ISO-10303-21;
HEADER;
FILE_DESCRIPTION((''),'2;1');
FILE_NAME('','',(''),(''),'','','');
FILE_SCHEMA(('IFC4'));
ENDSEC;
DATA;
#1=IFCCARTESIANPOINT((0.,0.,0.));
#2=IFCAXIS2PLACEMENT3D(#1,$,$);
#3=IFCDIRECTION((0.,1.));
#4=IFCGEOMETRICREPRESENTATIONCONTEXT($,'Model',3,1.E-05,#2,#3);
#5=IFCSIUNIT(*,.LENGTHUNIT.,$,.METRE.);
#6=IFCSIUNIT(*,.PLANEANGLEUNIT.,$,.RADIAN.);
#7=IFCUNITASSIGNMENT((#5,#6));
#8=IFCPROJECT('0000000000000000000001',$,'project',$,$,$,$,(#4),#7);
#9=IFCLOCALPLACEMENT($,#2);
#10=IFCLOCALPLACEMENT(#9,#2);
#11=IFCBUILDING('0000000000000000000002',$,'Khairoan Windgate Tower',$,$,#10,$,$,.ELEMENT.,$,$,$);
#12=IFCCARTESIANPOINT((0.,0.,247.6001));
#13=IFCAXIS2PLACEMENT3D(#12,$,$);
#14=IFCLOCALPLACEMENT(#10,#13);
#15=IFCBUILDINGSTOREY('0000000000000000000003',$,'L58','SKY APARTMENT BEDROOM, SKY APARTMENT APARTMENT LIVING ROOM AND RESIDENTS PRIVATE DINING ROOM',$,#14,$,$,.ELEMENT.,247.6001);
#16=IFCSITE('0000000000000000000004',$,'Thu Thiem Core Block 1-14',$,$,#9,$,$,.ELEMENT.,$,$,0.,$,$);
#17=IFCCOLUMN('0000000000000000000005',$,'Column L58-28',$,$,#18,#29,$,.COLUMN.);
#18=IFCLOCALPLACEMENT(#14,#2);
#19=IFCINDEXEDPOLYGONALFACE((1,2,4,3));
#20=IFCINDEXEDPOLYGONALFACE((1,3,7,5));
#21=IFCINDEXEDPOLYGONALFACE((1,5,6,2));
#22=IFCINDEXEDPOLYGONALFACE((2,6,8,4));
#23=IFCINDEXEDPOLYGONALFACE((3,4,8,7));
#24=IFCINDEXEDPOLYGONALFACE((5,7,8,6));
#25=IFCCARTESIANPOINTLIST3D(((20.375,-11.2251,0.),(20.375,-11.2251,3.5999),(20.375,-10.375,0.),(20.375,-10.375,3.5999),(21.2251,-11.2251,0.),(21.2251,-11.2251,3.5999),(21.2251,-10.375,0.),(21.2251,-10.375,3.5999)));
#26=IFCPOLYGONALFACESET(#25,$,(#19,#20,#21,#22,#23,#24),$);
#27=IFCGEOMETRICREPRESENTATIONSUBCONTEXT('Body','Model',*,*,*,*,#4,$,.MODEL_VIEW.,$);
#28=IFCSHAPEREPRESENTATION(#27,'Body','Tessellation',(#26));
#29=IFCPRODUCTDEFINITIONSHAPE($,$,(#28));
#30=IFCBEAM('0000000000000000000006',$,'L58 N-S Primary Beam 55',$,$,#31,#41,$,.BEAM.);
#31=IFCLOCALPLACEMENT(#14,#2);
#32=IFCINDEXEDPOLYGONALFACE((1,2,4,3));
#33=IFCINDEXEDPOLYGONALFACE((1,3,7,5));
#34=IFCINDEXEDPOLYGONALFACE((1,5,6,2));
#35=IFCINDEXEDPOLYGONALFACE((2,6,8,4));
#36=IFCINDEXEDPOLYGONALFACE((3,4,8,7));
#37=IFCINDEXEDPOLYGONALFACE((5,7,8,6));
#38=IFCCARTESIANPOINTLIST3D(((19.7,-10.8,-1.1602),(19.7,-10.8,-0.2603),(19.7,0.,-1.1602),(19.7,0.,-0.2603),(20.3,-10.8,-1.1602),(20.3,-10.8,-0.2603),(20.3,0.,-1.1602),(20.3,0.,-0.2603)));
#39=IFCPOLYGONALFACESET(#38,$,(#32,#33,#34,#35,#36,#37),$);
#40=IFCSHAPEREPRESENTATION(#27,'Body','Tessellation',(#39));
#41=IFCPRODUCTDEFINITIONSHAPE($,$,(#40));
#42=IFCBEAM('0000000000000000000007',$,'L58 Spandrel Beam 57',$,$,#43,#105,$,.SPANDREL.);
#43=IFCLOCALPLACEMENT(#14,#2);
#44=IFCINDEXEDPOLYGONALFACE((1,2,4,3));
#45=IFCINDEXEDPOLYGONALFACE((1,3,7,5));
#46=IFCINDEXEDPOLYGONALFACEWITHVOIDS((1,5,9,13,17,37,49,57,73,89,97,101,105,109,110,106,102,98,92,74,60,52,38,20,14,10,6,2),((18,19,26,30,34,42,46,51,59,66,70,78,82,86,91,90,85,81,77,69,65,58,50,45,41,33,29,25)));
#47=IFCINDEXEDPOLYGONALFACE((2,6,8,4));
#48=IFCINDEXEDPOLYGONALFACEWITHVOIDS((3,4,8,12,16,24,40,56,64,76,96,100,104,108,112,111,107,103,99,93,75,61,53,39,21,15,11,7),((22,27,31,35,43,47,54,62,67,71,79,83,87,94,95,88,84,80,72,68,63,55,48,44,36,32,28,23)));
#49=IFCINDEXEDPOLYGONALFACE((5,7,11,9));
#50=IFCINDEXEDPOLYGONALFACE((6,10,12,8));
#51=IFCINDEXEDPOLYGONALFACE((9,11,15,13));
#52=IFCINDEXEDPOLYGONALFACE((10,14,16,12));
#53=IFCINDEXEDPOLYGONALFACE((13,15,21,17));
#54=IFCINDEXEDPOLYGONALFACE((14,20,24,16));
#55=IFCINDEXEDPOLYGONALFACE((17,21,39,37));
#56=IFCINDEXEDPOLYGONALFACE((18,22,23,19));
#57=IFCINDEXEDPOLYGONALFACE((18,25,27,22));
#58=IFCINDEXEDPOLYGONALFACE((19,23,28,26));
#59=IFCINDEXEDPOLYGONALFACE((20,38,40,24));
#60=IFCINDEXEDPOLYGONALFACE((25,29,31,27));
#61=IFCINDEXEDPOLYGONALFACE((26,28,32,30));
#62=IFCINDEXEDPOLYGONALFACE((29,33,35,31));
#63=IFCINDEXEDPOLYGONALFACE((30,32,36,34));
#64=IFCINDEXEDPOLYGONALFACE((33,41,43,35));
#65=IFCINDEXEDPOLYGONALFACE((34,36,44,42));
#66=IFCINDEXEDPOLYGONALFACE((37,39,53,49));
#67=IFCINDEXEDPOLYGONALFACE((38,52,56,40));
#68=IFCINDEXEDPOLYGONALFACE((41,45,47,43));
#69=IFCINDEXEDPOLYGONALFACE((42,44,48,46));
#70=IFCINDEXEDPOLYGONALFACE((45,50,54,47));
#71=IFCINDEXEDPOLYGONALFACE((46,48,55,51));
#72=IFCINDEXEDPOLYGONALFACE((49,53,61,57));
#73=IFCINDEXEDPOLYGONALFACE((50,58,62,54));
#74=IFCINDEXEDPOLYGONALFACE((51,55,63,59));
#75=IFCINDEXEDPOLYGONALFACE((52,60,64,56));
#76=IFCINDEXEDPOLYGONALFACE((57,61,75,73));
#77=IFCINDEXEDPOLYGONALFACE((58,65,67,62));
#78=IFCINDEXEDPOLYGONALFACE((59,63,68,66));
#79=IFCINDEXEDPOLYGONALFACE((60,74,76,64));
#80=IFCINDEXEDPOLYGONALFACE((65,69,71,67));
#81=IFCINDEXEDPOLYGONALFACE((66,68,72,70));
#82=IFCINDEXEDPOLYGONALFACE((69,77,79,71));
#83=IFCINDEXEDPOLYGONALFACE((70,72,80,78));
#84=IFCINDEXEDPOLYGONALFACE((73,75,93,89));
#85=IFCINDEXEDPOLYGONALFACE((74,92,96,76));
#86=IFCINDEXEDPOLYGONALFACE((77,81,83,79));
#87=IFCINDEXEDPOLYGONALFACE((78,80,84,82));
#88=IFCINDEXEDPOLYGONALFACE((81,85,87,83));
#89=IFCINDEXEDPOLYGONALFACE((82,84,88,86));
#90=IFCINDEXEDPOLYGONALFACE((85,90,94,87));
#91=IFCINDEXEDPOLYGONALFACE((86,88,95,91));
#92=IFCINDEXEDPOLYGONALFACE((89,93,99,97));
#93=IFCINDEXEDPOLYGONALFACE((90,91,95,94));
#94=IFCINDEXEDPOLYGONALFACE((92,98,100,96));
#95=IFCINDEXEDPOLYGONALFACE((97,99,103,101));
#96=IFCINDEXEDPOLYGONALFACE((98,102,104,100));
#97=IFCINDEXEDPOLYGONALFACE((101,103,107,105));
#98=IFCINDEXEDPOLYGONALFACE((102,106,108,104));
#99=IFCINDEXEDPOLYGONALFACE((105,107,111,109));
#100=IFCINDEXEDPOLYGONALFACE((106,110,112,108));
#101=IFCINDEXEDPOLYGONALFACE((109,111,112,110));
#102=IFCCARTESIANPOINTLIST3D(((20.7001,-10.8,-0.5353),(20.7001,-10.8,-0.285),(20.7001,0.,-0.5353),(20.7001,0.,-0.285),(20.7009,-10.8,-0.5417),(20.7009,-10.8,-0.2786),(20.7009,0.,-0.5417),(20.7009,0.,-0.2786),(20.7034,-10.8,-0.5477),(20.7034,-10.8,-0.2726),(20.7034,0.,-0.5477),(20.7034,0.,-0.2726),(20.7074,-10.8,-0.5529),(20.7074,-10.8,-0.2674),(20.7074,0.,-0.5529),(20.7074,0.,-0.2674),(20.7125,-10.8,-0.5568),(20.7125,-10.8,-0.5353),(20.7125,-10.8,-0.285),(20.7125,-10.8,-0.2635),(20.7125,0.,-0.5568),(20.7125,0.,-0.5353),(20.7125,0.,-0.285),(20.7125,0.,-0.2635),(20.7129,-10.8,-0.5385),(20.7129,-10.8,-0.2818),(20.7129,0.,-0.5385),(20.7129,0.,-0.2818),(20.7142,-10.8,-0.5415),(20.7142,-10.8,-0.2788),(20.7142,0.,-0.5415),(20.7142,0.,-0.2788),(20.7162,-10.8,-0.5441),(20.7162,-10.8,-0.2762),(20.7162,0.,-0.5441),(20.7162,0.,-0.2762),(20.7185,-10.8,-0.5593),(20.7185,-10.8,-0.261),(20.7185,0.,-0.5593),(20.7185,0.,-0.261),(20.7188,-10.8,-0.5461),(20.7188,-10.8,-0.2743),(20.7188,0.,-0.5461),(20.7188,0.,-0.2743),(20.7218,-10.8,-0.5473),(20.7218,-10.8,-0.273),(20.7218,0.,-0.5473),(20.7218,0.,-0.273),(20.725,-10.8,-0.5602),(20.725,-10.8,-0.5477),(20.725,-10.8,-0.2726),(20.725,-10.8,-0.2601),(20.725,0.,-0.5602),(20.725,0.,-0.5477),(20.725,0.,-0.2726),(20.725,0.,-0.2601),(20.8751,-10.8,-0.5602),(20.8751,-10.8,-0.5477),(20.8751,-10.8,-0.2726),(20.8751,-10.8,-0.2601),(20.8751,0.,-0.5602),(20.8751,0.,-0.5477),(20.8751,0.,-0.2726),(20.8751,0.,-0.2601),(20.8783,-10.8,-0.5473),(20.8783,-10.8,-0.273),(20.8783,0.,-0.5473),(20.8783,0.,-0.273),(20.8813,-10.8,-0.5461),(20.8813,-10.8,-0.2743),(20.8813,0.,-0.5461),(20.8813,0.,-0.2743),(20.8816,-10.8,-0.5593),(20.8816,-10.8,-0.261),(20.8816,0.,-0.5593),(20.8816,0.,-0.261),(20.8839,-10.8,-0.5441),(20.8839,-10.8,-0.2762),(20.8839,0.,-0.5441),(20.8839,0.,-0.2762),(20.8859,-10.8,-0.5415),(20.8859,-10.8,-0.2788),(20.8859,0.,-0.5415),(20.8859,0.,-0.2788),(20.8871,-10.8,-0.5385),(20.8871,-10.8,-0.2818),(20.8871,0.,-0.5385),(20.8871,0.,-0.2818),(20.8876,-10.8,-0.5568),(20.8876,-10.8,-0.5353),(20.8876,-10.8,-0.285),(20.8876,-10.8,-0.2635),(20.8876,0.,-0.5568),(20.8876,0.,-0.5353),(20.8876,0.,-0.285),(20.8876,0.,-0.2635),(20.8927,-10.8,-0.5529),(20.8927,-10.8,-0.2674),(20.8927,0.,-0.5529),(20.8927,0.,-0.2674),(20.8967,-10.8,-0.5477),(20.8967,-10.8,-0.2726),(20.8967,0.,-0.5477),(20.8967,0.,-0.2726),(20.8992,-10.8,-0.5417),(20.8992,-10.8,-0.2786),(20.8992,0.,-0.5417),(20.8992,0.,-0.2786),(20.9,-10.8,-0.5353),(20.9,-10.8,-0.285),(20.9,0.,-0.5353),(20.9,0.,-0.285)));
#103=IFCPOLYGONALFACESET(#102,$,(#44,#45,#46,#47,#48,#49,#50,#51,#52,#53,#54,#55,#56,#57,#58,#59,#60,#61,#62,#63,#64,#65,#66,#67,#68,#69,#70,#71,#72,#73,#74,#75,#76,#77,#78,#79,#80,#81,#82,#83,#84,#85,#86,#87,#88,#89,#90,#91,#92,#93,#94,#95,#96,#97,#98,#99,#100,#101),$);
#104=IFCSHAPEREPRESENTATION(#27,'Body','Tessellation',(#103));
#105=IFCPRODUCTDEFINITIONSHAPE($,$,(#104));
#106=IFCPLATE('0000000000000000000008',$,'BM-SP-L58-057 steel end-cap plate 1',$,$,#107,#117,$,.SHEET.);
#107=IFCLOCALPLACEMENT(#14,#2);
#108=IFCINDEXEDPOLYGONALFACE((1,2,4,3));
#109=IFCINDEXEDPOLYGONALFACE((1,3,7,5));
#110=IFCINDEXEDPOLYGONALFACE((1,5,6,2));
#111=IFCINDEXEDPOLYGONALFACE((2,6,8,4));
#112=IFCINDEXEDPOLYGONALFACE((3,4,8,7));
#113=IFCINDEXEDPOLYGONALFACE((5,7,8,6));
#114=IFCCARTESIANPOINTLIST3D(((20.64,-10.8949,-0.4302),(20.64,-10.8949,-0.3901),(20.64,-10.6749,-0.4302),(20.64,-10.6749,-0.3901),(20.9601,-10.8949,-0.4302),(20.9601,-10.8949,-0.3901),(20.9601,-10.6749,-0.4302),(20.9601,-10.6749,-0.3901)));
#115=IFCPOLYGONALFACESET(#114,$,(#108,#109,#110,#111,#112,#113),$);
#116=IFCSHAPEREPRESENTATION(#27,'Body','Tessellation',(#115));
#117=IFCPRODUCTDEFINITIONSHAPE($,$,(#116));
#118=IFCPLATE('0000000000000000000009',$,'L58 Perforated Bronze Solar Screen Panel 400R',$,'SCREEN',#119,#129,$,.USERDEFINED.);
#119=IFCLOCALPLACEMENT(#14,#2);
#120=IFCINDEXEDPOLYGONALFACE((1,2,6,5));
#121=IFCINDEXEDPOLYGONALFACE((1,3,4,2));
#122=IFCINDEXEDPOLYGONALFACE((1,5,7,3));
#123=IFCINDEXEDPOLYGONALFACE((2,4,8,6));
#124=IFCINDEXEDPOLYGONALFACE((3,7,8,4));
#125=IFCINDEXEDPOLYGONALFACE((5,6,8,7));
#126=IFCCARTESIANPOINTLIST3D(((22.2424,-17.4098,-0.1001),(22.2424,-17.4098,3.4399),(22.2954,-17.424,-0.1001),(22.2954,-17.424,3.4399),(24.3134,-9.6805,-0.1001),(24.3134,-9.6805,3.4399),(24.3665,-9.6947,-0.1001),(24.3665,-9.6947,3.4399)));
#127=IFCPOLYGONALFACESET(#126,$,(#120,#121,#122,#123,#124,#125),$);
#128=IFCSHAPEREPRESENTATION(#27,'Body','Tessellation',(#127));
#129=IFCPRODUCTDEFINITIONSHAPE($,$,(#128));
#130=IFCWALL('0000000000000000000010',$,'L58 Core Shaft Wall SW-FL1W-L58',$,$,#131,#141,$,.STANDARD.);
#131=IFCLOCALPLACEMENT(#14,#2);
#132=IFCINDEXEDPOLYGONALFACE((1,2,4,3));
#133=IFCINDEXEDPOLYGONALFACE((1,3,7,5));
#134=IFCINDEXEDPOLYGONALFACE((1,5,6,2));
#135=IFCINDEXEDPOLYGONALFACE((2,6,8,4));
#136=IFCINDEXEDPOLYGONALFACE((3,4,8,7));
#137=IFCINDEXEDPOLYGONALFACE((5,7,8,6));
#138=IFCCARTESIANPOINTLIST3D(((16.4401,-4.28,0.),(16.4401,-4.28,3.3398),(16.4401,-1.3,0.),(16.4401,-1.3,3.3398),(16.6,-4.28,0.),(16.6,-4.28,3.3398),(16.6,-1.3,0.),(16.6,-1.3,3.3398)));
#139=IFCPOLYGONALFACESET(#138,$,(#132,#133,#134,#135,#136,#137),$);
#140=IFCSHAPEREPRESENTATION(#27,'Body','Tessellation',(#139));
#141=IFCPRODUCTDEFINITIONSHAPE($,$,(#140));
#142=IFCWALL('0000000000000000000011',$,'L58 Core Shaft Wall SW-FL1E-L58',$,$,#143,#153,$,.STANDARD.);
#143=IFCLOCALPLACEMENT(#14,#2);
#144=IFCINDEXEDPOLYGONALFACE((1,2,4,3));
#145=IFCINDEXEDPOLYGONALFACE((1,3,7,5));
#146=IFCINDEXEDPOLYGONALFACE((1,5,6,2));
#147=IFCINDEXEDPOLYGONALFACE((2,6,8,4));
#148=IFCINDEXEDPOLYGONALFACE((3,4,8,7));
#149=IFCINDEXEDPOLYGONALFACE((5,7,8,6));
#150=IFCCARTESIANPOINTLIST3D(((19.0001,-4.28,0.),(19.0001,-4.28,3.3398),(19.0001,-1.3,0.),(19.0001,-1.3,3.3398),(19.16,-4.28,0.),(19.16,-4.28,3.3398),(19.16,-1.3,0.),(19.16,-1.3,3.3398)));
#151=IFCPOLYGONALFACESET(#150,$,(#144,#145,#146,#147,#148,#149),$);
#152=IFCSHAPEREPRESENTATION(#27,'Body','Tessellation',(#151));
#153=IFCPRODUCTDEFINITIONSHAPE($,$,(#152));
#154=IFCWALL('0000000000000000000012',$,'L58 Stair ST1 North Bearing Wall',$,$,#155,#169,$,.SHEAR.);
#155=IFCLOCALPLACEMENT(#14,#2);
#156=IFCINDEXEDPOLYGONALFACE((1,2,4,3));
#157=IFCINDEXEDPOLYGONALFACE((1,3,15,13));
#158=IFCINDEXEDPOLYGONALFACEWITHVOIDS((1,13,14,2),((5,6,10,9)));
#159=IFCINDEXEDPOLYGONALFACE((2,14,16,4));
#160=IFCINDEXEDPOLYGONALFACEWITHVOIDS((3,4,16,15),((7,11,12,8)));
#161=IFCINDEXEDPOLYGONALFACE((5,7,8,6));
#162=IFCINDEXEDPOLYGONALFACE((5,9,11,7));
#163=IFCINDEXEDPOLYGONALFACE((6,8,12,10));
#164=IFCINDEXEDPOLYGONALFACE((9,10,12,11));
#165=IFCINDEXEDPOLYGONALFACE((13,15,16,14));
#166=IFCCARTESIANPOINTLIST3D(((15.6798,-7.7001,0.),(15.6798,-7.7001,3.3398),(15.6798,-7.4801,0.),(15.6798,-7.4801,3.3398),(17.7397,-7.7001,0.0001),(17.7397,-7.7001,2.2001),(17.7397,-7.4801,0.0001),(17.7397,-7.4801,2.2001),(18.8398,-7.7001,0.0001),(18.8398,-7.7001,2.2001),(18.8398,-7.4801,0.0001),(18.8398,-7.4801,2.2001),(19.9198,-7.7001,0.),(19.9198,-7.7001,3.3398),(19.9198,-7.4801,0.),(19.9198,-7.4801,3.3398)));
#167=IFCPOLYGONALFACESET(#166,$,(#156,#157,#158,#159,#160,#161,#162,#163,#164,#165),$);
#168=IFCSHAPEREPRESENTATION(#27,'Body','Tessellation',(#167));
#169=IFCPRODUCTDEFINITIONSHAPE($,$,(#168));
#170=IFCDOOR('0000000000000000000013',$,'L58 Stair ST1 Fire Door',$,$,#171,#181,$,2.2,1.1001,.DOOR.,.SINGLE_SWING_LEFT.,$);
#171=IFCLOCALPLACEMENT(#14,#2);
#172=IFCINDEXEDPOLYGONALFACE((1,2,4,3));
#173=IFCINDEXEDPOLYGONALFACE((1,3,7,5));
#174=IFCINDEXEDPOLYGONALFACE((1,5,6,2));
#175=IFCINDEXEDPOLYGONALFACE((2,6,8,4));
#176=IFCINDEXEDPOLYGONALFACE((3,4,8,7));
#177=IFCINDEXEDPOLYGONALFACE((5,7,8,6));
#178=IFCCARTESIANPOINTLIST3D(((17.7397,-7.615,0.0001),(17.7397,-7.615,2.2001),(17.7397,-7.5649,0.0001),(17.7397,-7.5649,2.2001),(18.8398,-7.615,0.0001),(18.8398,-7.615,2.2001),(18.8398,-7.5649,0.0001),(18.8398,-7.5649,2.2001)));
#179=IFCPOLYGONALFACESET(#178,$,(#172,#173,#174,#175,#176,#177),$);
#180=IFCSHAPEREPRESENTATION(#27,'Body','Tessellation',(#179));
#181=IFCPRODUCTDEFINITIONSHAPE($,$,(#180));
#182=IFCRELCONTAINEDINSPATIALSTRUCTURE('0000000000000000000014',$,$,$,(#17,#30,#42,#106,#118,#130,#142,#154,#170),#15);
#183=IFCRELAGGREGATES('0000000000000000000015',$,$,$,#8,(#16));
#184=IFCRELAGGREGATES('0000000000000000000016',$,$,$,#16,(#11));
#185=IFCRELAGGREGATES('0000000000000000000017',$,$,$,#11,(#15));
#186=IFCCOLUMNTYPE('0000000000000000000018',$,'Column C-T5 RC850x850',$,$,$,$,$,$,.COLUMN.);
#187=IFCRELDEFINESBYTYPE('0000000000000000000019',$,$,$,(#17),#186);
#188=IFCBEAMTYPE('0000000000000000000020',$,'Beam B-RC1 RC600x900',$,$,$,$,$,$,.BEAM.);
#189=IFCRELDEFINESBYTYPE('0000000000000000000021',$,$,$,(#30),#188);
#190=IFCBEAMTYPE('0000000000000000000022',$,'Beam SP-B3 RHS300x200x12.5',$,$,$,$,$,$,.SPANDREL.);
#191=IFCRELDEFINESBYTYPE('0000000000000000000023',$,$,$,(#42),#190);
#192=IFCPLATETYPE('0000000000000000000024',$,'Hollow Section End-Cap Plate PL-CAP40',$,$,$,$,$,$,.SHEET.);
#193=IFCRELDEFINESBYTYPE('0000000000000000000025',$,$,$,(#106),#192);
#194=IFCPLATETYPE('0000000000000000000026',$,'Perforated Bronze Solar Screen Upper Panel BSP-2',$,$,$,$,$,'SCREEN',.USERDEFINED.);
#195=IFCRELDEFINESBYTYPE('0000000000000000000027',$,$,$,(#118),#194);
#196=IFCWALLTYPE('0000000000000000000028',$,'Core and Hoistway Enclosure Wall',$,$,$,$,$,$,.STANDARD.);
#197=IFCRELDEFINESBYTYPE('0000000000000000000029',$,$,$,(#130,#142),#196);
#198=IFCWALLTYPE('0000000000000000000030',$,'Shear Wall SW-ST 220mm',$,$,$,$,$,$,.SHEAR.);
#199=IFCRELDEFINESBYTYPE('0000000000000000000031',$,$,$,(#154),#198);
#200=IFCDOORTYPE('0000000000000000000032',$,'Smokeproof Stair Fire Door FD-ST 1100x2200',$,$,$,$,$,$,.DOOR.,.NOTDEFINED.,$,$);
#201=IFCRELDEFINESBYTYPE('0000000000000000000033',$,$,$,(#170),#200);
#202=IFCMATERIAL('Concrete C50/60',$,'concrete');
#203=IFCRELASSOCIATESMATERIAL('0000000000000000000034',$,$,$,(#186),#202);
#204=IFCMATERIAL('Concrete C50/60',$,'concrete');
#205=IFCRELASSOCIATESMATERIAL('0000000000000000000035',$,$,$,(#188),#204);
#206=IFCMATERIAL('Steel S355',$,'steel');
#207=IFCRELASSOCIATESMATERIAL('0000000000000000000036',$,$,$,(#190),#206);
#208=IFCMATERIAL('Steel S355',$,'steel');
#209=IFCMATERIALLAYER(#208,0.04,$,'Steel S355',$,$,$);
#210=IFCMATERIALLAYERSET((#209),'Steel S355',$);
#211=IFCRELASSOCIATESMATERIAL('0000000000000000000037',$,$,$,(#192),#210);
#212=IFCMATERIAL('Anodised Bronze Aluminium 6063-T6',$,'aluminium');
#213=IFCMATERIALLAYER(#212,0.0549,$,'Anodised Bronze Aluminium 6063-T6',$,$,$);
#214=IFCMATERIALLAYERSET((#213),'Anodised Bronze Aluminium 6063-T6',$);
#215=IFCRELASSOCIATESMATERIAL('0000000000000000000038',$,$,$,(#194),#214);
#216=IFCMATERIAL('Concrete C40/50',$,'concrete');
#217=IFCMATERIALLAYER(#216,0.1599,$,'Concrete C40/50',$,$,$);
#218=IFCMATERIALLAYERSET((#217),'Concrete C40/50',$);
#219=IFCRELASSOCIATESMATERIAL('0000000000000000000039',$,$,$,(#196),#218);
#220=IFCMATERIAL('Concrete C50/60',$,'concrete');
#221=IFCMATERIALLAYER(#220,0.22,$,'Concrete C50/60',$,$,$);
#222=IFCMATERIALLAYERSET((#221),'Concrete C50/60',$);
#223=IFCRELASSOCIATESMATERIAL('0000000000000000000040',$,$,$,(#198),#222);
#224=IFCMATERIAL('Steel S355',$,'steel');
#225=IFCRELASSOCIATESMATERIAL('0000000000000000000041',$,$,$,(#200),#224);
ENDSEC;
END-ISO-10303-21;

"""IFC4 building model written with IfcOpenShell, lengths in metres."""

from ifc_helpers import new_model, si_unit, direction, frame, frame_2d, origin, origin_2d, place, context, subcontext, project, spatial, rectangle, hollow_rectangle, extrude, material, layer, layer_set, material_profile, profile_set, type_object, element, fill, save


model = new_model("IFC4")

# Units and contexts
model_context = context("Model", 3, precision=1e-05, world=origin(), true_north=direction((0.0, 1.0)))
body_context = subcontext(model_context, "Body", "Model", "MODEL_VIEW")
ifc_project = project(units=[si_unit("LENGTHUNIT", "METRE"), si_unit("PLANEANGLEUNIT", "RADIAN")], contexts=[model_context])

# Site, building, storey
site_placement = place(None, origin())
site = spatial("IfcSite", under=ifc_project, at=site_placement, Name="Thu Thiem Core Block 1-14", CompositionType="ELEMENT", RefElevation=0.0)
building_placement = place(site_placement, origin())
building = spatial("IfcBuilding", under=site, at=building_placement, Name="Khairoan Windgate Tower", CompositionType="ELEMENT")
storey_placement = place(building_placement, frame((0.0, 0.0, 247.6001)))
storey = spatial("IfcBuildingStorey", under=building, at=storey_placement, Name="L58", Description="SKY APARTMENT BEDROOM, SKY APARTMENT APARTMENT LIVING ROOM AND RESIDENTS PRIVATE DINING ROOM", CompositionType="ELEMENT", Elevation=247.6001)

# Column
ifc_material_1 = material(Name="Concrete C50/60", Category="concrete")
ifc_material_profile_1 = material_profile(ifc_material_1, rectangle(XDim=0.8501, YDim=0.8501, at=origin_2d()))
ifc_profile_set_1 = profile_set([ifc_material_profile_1], Name="Concrete C50/60")
column_type = type_object("IfcColumnType", Name="Column C-T5 RC850x850", PredefinedType="COLUMN", material=ifc_profile_set_1)
column_placement = place(storey_placement, frame((20.8, -10.8, 0.0), z_axis=(0.0, 0.0, 1.0), x_axis=(1.0, 0.0, 0.0)))
element("IfcColumn", 1, at=column_placement, inside=storey, type_object=column_type, Name="Column L58-28", PredefinedType="COLUMN", context=body_context, shape_type="SweptSolid", body=[
    extrude(rectangle(XDim=0.8501, YDim=0.8501, at=origin_2d()), origin(), (0.0, 0.0, 1.0), 3.5999),
])

# Beams
ifc_material_2 = material(Name="Concrete C50/60", Category="concrete")
ifc_material_profile_2 = material_profile(ifc_material_2, rectangle(XDim=0.6001, YDim=0.8999, at=origin_2d()))
ifc_profile_set_2 = profile_set([ifc_material_profile_2], Name="Concrete C50/60")
beam_type_1 = type_object("IfcBeamType", Name="Beam B-RC1 RC600x900", PredefinedType="BEAM", material=ifc_profile_set_2)
beam_1_placement = place(storey_placement, frame((20.0, -10.8, -0.7102), z_axis=(0.0, 1.0, 0.0), x_axis=(-1.0, 0.0, 0.0)))
element("IfcBeam", 2, at=beam_1_placement, inside=storey, type_object=beam_type_1, Name="L58 N-S Primary Beam 55", PredefinedType="BEAM", context=body_context, shape_type="SweptSolid", body=[
    extrude(rectangle(XDim=0.6001, YDim=0.8999, at=origin_2d()), origin(), (0.0, 0.0, 1.0), 10.8),
])
ifc_material_3 = material(Name="Steel S355", Category="steel")
ifc_material_profile_3 = material_profile(ifc_material_3, hollow_rectangle(XDim=0.2, YDim=0.3, WallThickness=0.0125, InnerFilletRadius=0.0125, OuterFilletRadius=0.0249, at=origin_2d()))
ifc_profile_set_3 = profile_set([ifc_material_profile_3], Name="Steel S355")
beam_type_2 = type_object("IfcBeamType", Name="Beam SP-B3 RHS300x200x12.5", PredefinedType="SPANDREL", material=ifc_profile_set_3)
beam_2_placement = place(storey_placement, frame((20.8, -10.8, -0.4102), z_axis=(0.0, 1.0, 0.0), x_axis=(-1.0, 0.0, 0.0)))
element("IfcBeam", 3, at=beam_2_placement, inside=storey, type_object=beam_type_2, Name="L58 Spandrel Beam 57", PredefinedType="SPANDREL", context=body_context, shape_type="SweptSolid", body=[
    extrude(hollow_rectangle(XDim=0.2, YDim=0.3, WallThickness=0.0125, InnerFilletRadius=0.0125, OuterFilletRadius=0.0249, at=origin_2d()), origin(), (0.0, 0.0, 1.0), 10.8),
])

# Plates
ifc_material_4 = material(Name="Steel S355", Category="steel")
ifc_layer_1 = layer(ifc_material_4, 0.04, Name="Steel S355")
ifc_layer_set_1 = layer_set([ifc_layer_1], Name="Steel S355")
plate_type_1 = type_object("IfcPlateType", Name="Hollow Section End-Cap Plate PL-CAP40", PredefinedType="SHEET", material=ifc_layer_set_1)
plate_1_placement = place(storey_placement, frame((20.8, -10.7849, -0.4302), z_axis=(0.0, 0.0, 1.0), x_axis=(0.0, 1.0, 0.0)))
element("IfcPlate", 4, at=plate_1_placement, inside=storey, type_object=plate_type_1, Name="BM-SP-L58-057 steel end-cap plate 1", PredefinedType="SHEET", context=body_context, shape_type="SweptSolid", body=[
    extrude(rectangle(XDim=0.22, YDim=0.3201, at=origin_2d()), origin(), (0.0, 0.0, 1.0), 0.04),
])
ifc_material_5 = material(Name="Anodised Bronze Aluminium 6063-T6", Category="aluminium")
ifc_layer_2 = layer(ifc_material_5, 0.0549, Name="Anodised Bronze Aluminium 6063-T6")
ifc_layer_set_2 = layer_set([ifc_layer_2], Name="Anodised Bronze Aluminium 6063-T6")
plate_type_2 = type_object("IfcPlateType", Name="Perforated Bronze Solar Screen Upper Panel BSP-2", ElementType="SCREEN", PredefinedType="USERDEFINED", material=ifc_layer_set_2)
plate_2_placement = place(storey_placement, frame((23.3044, -13.5522, -0.1001), z_axis=(0.0, 0.0, 1.0), x_axis=(-0.258819, -0.965926, 0.0)))
element("IfcPlate", 5, at=plate_2_placement, inside=storey, type_object=plate_type_2, Name="L58 Perforated Bronze Solar Screen Panel 400R", ObjectType="SCREEN", PredefinedType="USERDEFINED", context=body_context, shape_type="SweptSolid", body=[
    extrude(rectangle(XDim=8.002, YDim=0.0549, at=origin_2d()), origin(), (0.0, 0.0, 1.0), 3.54),
])

# Walls
ifc_material_6 = material(Name="Concrete C40/50", Category="concrete")
ifc_layer_3 = layer(ifc_material_6, 0.1599, Name="Concrete C40/50")
ifc_layer_set_3 = layer_set([ifc_layer_3], Name="Concrete C40/50")
wall_type_1 = type_object("IfcWallType", Name="Core and Hoistway Enclosure Wall", PredefinedType="STANDARD", material=ifc_layer_set_3)
for number, where, z_axis, x_axis, name in (
    (6, (16.52, -4.28, 0.0), (0.0, 0.0, 1.0), (0.0, 1.0, 0.0), "L58 Core Shaft Wall SW-FL1W-L58"),
    (7, (19.0801, -4.28, 0.0), (0.0, 0.0, 1.0), (0.0, 1.0, 0.0), "L58 Core Shaft Wall SW-FL1E-L58"),
):
    element("IfcWall", number, at=place(storey_placement, frame(where, z_axis=z_axis, x_axis=x_axis)), inside=storey, type_object=wall_type_1, Name=name, PredefinedType="STANDARD", context=body_context, shape_type="SweptSolid", body=[
        extrude(rectangle(XDim=2.98, YDim=0.1599, at=frame_2d((1.49, 0.0))), origin(), (0.0, 0.0, 1.0), 3.3398),
    ])

# Wall, opening, door
ifc_material_7 = material(Name="Concrete C50/60", Category="concrete")
ifc_layer_4 = layer(ifc_material_7, 0.22, Name="Concrete C50/60")
ifc_layer_set_4 = layer_set([ifc_layer_4], Name="Concrete C50/60")
wall_type_2 = type_object("IfcWallType", Name="Shear Wall SW-ST 220mm", PredefinedType="SHEAR", material=ifc_layer_set_4)
wall_placement = place(storey_placement, frame((19.9199, -7.5901, 0.0), z_axis=(0.0, 0.0, 1.0), x_axis=(-1.0, 0.0, 0.0)))
wall = element("IfcWall", 8, at=wall_placement, inside=storey, type_object=wall_type_2, Name="L58 Stair ST1 North Bearing Wall", PredefinedType="SHEAR", context=body_context, shape_type="SweptSolid", body=[
    extrude(rectangle(XDim=4.24, YDim=0.22, at=frame_2d((2.1201, 0.0))), origin(), (0.0, 0.0, 1.0), 3.3398),
])
opening_placement = place(wall_placement, frame((1.0801, 0.0, 0.0)))
opening = element("IfcOpeningElement", 9, at=opening_placement, cuts=wall, PredefinedType="OPENING", context=body_context, shape_type="SweptSolid", body=[
    extrude(rectangle(XDim=1.1001, YDim=2.2, at=frame_2d((0.55, 1.1001))), frame((0.0, 0.1199, 0.0), z_axis=(0.0, -1.0, 0.0), x_axis=(1.0, 0.0, 0.0)), (0.0, 0.0, 1.0), 0.24),
])
ifc_material_8 = material(Name="Steel S355", Category="steel")
door_type = type_object("IfcDoorType", Name="Smokeproof Stair Fire Door FD-ST 1100x2200", OperationType="NOTDEFINED", PredefinedType="DOOR", material=ifc_material_8)
door_placement = place(opening_placement, origin())
door = element("IfcDoor", 10, at=door_placement, inside=storey, type_object=door_type, Name="L58 Stair ST1 Fire Door", OperationType="SINGLE_SWING_LEFT", OverallHeight=2.2, OverallWidth=1.1001, PredefinedType="DOOR", context=body_context, shape_type="SweptSolid", body=[
    extrude(rectangle(XDim=1.1001, YDim=2.2, at=frame_2d((0.55, 1.1001))), frame((0.0, 0.0249, 0.0), z_axis=(0.0, -1.0, 0.0), x_axis=(1.0, 0.0, 0.0)), (0.0, 0.0, 1.0), 0.05),
])
fill(opening, door)

save(model, "model.ifc")
